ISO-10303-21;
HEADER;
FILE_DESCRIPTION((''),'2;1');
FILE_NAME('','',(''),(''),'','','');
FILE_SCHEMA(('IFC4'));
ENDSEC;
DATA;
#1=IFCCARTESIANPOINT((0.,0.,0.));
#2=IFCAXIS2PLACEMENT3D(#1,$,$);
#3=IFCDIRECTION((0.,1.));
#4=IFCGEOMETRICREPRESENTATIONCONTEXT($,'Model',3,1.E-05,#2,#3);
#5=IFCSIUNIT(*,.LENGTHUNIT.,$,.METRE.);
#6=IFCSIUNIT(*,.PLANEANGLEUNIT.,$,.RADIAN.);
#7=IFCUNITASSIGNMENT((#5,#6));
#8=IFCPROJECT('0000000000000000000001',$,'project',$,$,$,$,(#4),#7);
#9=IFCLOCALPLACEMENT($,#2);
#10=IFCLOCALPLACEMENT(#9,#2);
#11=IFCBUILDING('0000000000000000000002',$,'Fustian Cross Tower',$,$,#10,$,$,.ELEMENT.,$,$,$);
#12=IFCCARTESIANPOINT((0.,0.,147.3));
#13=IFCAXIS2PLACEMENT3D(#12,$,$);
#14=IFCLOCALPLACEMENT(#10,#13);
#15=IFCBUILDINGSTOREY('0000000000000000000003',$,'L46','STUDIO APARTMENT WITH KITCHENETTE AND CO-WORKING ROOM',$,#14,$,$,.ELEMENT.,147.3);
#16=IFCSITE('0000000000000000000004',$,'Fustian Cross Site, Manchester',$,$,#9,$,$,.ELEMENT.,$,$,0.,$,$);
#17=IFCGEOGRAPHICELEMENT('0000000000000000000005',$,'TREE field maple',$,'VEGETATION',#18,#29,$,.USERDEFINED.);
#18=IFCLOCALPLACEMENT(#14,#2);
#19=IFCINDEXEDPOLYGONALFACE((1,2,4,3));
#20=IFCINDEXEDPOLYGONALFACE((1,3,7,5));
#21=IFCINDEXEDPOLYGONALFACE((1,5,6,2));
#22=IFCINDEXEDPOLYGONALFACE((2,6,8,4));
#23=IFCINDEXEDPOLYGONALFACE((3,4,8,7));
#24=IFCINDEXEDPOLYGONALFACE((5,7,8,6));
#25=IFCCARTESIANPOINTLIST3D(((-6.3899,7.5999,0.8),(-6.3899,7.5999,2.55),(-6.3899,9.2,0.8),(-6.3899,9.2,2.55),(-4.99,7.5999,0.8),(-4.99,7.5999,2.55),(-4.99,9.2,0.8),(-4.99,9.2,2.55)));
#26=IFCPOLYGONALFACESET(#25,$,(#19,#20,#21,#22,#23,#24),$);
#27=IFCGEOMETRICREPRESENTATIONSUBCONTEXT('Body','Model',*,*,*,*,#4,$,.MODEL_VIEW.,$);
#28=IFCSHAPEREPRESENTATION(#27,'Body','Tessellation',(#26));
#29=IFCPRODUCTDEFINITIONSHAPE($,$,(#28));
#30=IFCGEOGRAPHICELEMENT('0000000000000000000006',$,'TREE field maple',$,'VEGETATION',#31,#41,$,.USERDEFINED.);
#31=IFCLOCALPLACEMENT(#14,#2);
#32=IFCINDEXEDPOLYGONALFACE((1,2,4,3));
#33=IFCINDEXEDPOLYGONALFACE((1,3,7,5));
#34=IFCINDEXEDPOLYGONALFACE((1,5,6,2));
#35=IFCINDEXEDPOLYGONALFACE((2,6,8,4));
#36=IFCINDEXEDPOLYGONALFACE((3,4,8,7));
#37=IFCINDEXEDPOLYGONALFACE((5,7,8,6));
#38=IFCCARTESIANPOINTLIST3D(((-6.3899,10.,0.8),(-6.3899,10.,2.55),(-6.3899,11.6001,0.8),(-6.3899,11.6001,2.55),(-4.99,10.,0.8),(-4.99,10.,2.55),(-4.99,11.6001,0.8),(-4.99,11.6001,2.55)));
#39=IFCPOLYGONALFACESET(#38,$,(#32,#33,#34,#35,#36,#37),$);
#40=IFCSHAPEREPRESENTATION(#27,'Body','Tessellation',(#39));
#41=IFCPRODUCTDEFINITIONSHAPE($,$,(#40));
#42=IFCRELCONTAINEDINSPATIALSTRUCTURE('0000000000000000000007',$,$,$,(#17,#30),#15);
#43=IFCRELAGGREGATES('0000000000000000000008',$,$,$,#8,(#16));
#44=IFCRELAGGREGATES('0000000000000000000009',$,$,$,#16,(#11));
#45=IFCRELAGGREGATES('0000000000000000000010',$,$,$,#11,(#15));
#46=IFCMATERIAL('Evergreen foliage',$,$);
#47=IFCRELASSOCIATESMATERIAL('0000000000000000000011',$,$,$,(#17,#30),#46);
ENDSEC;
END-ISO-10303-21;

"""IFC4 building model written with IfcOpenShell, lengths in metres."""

from ifc_helpers import new_model, si_unit, direction, frame, origin, origin_2d, place, context, subcontext, project, spatial, rectangle, extrude, material, element, save


model = new_model("IFC4")

# Units and contexts
model_context = context("Model", 3, precision=1e-05, world=origin(), true_north=direction((0.0, 1.0)))
body_context = subcontext(model_context, "Body", "Model", "MODEL_VIEW")
ifc_project = project(units=[si_unit("LENGTHUNIT", "METRE"), si_unit("PLANEANGLEUNIT", "RADIAN")], contexts=[model_context])

# Site, building, storey
site_placement = place(None, origin())
site = spatial("IfcSite", under=ifc_project, at=site_placement, Name="Fustian Cross Site, Manchester", CompositionType="ELEMENT", RefElevation=0.0)
building_placement = place(site_placement, origin())
building = spatial("IfcBuilding", under=site, at=building_placement, Name="Fustian Cross Tower", CompositionType="ELEMENT")
storey_placement = place(building_placement, frame((0.0, 0.0, 147.3)))
storey = spatial("IfcBuildingStorey", under=building, at=storey_placement, Name="L46", Description="STUDIO APARTMENT WITH KITCHENETTE AND CO-WORKING ROOM", CompositionType="ELEMENT", Elevation=147.3)

# Geographic elements
ifc_material_1 = material(Name="Evergreen foliage")
for number, where, z_axis, x_axis, name in (
    (1, (-5.6899, 8.3999, 0.8), (0.0, 0.0, 1.0), (1.0, 0.0, 0.0), "TREE field maple"),
    (2, (-5.6899, 10.8, 0.8), (0.0, 0.0, 1.0), (1.0, 0.0, 0.0), "TREE field maple"),
):
    element("IfcGeographicElement", number, at=place(storey_placement, frame(where, z_axis=z_axis, x_axis=x_axis)), inside=storey, material=ifc_material_1, Name=name, ObjectType="VEGETATION", PredefinedType="USERDEFINED", context=body_context, shape_type="SweptSolid", body=[
        extrude(rectangle(XDim=1.3999, YDim=1.6001, at=origin_2d()), origin(), (0.0, 0.0, 1.0), 1.75),
    ])

save(model, "model.ifc")
